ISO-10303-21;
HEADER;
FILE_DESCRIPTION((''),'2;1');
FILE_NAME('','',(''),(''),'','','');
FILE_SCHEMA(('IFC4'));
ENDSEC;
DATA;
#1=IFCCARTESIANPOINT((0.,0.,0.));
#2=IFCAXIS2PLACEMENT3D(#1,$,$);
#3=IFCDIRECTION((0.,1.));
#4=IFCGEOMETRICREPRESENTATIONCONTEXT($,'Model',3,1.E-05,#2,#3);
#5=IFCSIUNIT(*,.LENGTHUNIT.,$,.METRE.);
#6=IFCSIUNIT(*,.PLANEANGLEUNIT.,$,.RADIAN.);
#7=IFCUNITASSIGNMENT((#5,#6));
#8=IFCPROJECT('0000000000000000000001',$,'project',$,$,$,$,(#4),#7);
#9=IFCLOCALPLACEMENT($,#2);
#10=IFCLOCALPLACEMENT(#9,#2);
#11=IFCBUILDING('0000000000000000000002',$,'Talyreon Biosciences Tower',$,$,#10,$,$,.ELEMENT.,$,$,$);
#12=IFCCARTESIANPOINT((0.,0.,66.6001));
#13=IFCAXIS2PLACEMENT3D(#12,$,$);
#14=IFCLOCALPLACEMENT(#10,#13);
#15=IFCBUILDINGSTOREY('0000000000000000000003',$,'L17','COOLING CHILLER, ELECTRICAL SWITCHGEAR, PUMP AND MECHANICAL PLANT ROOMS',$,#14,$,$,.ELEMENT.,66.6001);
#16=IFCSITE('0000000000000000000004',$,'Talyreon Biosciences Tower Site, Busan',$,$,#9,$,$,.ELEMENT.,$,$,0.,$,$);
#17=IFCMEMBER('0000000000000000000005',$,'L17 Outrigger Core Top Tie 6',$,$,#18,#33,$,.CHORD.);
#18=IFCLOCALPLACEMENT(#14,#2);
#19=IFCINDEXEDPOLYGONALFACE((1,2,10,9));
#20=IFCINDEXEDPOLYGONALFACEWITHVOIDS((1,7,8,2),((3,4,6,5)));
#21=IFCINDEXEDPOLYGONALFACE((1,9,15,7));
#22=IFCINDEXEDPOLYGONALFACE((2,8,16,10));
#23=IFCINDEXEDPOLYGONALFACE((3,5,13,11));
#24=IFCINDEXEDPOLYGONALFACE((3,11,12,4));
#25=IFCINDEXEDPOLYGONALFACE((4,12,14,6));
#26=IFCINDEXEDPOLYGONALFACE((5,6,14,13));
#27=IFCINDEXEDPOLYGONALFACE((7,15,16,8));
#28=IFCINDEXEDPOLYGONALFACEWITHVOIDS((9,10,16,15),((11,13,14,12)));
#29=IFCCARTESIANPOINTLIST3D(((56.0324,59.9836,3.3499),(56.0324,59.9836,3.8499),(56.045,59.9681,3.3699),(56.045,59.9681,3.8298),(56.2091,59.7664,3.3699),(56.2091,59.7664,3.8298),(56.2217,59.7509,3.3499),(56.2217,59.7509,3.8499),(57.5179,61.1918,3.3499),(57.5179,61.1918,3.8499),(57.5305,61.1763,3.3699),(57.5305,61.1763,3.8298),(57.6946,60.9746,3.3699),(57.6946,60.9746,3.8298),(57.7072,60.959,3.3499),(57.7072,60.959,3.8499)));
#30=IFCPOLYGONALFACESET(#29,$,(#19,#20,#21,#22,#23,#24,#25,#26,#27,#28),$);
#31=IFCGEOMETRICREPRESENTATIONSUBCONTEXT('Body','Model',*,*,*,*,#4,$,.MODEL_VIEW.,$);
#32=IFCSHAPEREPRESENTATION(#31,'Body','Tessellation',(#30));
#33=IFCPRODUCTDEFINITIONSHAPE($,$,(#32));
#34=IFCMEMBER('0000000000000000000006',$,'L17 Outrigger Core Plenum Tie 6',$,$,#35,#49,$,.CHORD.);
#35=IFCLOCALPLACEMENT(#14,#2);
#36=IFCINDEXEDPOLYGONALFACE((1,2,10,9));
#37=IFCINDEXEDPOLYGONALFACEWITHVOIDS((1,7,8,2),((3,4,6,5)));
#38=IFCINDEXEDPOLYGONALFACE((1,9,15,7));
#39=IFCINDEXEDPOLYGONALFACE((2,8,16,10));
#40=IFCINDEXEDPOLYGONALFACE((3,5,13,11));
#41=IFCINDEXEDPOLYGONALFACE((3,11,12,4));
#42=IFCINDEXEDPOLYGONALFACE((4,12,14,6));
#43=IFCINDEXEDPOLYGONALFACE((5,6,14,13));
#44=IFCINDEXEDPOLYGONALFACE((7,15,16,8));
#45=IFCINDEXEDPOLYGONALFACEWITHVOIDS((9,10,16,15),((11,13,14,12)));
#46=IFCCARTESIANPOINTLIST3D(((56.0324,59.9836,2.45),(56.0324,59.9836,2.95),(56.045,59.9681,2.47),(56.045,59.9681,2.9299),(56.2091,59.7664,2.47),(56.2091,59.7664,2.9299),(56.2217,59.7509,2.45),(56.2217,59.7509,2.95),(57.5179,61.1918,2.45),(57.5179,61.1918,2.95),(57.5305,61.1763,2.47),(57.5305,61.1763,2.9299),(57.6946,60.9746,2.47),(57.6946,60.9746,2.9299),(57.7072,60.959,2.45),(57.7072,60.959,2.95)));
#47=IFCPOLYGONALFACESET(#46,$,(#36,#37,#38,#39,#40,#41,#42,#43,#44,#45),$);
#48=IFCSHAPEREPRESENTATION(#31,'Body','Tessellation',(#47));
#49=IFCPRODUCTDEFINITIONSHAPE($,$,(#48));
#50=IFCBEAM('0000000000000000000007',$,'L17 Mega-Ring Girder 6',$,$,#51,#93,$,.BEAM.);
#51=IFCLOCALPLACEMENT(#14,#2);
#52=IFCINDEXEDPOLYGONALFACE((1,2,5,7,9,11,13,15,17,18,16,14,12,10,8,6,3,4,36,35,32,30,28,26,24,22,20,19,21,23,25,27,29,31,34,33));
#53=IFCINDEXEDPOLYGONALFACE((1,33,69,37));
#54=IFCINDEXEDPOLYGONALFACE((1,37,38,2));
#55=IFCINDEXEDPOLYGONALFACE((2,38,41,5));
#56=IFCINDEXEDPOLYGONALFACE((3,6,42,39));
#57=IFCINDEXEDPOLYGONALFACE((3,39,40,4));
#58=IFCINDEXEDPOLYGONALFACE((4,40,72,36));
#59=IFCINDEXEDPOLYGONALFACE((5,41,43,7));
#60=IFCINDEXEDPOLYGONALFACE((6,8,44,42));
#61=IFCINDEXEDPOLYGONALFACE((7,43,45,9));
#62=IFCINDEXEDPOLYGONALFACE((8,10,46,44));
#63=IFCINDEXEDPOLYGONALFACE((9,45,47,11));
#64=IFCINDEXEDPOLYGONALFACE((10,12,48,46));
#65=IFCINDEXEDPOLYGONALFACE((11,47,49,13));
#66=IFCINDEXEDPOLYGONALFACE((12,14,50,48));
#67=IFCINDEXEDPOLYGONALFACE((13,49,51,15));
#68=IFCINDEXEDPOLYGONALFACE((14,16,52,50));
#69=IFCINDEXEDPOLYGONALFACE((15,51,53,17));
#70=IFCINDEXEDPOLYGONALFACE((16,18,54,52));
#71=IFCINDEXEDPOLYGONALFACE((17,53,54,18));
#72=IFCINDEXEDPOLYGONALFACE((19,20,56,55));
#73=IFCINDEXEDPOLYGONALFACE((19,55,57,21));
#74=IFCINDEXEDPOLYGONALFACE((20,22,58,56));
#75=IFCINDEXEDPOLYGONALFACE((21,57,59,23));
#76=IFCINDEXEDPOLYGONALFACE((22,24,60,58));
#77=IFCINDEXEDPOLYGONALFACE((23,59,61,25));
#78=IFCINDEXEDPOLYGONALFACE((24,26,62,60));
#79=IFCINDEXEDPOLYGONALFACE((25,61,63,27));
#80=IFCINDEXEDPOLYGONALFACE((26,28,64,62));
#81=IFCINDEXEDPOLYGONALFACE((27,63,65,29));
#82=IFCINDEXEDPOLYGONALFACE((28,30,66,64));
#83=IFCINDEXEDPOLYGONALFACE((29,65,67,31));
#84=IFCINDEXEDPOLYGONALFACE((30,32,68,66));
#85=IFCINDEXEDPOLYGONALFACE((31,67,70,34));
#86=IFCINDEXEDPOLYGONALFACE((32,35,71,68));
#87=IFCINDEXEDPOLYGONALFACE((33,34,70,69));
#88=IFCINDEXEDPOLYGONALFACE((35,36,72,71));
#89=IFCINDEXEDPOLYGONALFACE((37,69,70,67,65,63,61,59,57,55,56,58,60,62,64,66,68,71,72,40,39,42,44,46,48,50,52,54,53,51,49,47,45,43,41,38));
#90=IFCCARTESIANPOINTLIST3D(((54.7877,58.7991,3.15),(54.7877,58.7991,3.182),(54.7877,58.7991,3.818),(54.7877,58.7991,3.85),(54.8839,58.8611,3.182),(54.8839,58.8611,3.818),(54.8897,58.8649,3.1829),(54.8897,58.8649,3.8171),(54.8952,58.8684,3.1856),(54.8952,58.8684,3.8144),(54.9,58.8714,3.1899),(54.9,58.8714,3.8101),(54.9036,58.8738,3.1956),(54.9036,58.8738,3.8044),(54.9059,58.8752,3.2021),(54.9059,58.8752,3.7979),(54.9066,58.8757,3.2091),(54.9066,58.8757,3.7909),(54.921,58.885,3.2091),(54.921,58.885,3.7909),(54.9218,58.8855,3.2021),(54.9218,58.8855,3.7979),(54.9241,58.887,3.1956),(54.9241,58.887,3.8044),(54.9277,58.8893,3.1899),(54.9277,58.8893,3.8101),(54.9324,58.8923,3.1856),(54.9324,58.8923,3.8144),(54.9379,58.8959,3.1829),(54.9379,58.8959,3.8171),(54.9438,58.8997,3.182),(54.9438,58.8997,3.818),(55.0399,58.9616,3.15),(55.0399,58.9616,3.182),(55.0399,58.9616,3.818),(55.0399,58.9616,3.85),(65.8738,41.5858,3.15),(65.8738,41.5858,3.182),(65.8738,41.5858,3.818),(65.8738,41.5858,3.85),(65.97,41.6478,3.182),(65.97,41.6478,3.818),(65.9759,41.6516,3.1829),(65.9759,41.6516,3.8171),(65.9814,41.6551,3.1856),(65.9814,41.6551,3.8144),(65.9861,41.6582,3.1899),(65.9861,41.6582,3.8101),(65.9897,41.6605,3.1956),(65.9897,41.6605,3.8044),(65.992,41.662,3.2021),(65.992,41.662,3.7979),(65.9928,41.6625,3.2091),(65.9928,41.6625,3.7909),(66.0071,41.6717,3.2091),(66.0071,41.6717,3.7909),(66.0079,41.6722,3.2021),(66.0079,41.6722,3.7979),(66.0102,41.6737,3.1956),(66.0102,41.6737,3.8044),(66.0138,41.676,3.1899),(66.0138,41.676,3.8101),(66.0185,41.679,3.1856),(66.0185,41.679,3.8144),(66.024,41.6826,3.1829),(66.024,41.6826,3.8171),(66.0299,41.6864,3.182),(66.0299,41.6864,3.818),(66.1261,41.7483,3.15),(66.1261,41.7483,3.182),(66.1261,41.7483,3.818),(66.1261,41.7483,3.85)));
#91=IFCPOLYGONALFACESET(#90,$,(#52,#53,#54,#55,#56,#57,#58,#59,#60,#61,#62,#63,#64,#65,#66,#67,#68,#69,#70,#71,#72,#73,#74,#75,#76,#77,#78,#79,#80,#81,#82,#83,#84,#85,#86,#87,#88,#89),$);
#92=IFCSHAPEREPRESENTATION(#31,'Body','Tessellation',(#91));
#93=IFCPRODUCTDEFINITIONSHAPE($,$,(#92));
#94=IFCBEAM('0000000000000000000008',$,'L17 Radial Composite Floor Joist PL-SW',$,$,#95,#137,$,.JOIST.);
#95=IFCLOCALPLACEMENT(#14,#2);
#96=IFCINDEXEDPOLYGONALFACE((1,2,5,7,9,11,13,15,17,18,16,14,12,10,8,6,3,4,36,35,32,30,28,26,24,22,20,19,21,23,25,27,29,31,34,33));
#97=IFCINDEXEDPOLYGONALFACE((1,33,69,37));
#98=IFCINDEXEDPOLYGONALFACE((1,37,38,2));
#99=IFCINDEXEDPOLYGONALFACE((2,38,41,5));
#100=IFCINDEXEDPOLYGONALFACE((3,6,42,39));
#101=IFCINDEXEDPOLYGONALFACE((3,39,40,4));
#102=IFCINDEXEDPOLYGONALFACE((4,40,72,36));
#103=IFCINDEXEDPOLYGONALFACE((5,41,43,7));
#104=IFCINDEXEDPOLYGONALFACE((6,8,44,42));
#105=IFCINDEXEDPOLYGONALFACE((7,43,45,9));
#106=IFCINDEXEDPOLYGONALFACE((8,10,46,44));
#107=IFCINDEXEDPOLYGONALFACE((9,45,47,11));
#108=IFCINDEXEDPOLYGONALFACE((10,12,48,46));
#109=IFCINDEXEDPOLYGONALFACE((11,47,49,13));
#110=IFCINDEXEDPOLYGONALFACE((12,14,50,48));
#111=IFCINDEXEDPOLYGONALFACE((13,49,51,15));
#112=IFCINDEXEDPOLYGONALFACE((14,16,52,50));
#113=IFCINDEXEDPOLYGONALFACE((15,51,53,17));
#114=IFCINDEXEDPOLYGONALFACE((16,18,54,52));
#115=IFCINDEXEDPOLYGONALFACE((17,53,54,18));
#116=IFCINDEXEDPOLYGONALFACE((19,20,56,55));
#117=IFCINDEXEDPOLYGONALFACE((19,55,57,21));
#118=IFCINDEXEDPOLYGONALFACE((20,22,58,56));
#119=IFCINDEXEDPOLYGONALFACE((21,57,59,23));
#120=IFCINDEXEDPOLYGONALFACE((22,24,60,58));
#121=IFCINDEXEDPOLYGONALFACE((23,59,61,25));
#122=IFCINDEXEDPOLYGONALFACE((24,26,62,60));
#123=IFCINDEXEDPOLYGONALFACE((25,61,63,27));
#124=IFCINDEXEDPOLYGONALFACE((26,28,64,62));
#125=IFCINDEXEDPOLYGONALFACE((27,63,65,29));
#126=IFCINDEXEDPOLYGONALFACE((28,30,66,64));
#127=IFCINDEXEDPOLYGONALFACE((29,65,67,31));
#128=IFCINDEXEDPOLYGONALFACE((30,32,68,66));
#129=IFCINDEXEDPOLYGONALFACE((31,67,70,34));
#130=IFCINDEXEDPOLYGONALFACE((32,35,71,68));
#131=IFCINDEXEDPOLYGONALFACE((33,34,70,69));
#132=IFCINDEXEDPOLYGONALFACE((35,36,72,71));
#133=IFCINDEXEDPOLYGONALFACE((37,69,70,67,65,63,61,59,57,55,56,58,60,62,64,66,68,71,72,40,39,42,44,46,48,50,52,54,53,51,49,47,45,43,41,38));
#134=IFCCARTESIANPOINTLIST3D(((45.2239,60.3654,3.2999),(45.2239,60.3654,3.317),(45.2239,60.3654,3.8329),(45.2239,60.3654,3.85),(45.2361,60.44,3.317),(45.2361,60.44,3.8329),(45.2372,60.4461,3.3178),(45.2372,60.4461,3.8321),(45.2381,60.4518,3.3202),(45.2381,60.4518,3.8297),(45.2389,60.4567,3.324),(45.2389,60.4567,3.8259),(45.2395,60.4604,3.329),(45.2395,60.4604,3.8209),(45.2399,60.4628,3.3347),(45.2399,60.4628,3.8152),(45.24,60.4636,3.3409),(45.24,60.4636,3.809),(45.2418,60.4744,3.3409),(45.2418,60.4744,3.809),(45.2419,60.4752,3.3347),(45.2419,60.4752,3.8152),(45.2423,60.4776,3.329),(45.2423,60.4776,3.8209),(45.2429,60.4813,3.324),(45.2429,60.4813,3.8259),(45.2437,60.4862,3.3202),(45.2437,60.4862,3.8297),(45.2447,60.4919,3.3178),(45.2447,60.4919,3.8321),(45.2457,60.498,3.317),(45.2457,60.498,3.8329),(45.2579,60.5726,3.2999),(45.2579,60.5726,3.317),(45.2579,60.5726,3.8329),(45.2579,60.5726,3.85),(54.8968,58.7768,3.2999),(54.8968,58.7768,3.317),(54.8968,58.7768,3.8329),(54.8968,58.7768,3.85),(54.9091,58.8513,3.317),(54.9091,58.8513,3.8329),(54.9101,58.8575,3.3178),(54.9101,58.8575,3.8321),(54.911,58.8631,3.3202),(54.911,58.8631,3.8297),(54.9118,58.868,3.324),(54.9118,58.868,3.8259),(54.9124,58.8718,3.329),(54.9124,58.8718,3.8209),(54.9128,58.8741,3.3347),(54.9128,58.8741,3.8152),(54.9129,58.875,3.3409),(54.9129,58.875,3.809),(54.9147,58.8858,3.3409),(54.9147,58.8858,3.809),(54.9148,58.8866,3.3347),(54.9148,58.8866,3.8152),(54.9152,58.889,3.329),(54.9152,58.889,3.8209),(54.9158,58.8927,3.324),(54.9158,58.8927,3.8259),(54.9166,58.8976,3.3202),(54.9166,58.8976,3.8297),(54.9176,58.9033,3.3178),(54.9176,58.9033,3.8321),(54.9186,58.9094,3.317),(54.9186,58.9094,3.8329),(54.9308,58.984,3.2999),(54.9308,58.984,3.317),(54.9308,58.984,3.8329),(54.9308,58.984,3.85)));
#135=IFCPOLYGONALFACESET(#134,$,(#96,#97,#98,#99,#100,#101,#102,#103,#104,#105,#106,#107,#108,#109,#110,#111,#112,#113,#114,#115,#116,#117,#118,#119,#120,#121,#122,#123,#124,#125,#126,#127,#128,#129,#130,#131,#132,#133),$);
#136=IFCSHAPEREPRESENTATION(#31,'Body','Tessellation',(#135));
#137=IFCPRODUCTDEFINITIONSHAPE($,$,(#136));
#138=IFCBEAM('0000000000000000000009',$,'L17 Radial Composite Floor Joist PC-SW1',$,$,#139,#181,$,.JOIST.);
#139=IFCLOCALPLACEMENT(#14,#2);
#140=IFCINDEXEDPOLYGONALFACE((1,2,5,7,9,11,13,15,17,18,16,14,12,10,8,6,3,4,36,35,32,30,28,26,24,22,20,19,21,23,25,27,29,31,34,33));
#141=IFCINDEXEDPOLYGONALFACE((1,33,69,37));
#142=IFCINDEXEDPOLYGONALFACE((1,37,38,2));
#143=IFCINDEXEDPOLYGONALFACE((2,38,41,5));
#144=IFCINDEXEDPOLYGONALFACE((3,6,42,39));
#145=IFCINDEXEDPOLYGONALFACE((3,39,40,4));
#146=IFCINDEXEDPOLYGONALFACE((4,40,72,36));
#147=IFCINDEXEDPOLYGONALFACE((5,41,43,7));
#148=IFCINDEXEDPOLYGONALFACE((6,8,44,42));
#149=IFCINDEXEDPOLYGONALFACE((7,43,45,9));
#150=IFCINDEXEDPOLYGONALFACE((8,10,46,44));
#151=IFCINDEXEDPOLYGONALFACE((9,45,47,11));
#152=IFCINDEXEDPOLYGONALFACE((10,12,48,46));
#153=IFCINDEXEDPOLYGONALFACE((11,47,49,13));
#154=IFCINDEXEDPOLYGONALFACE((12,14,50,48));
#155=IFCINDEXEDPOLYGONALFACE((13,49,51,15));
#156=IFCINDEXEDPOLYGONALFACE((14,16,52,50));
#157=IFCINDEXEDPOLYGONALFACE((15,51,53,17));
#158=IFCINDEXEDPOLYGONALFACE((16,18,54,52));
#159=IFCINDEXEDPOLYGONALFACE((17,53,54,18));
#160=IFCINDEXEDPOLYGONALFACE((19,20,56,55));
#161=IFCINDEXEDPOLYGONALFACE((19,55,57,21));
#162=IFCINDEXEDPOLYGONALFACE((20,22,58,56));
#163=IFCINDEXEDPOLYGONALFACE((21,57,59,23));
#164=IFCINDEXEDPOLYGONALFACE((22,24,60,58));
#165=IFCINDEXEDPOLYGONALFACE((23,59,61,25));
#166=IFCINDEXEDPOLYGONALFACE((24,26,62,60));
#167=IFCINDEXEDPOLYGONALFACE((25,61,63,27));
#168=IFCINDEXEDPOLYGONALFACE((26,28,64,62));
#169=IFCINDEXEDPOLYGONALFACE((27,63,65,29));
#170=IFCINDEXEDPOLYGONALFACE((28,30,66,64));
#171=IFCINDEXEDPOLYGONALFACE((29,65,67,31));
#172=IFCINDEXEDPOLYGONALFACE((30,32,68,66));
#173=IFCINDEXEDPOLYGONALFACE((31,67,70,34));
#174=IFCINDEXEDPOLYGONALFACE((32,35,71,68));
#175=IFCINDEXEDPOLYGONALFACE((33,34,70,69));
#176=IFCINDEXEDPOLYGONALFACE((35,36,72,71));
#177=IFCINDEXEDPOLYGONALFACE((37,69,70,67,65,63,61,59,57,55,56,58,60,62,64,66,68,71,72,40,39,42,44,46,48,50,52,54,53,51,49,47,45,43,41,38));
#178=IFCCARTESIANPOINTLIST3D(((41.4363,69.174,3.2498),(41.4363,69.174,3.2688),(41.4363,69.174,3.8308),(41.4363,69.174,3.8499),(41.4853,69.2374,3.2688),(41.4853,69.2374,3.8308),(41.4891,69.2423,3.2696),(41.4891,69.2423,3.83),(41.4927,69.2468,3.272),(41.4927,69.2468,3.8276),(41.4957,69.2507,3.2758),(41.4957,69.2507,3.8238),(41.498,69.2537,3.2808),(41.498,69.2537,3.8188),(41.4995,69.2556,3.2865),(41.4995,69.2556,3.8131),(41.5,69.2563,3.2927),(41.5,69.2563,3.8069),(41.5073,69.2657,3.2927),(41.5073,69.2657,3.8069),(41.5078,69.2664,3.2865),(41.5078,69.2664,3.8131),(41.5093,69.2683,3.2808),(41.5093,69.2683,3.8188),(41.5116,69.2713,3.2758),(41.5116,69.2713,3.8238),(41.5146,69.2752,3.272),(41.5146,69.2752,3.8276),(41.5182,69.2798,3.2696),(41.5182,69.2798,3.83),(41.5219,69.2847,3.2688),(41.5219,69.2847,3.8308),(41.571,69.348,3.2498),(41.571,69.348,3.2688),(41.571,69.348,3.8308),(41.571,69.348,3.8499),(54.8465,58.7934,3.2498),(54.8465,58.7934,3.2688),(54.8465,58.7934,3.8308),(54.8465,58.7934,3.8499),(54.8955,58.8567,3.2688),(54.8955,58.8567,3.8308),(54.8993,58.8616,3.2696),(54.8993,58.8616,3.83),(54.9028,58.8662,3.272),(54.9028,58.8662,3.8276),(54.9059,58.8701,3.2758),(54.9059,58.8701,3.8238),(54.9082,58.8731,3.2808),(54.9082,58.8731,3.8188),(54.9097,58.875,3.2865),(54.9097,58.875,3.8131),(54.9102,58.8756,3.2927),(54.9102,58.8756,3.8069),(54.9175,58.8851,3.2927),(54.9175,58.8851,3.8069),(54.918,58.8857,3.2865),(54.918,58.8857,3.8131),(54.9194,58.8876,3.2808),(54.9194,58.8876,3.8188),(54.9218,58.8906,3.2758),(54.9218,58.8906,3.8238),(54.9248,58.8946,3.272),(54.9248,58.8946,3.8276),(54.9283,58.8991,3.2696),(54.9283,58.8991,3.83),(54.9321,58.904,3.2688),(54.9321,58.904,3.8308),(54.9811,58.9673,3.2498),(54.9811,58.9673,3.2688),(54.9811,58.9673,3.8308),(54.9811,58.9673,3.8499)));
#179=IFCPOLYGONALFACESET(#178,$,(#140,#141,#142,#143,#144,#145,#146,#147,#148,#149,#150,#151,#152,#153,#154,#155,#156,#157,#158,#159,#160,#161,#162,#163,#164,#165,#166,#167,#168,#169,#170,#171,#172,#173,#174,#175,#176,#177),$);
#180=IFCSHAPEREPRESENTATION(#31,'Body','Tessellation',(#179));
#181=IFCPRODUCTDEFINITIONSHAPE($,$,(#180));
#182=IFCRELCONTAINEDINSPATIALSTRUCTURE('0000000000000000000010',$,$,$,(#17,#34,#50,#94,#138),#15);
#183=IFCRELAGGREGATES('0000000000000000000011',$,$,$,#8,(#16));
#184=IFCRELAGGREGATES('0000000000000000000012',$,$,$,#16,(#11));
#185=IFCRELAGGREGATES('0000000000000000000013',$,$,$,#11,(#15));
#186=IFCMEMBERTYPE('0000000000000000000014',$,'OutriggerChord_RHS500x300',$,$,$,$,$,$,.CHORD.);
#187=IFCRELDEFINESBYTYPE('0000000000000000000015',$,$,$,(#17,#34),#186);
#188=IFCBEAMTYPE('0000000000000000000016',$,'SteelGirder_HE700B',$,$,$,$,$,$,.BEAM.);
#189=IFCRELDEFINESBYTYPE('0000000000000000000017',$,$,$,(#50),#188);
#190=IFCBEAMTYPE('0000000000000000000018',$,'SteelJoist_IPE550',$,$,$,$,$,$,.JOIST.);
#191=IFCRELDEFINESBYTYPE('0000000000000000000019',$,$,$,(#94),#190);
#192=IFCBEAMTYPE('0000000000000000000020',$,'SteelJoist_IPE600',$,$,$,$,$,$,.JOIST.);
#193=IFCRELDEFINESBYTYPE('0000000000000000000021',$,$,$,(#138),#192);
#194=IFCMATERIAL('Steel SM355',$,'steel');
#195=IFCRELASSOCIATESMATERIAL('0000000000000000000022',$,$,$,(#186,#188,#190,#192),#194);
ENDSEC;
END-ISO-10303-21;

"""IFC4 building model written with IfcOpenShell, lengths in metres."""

from ifc_helpers import new_model, si_unit, direction, frame, origin, origin_2d, place, context, subcontext, project, spatial, hollow_rectangle, i_section, extrude, material, material_profile, profile_set, type_object, element, save


model = new_model("IFC4")

# Units and contexts
model_context = context("Model", 3, precision=1e-05, world=origin(), true_north=direction((0.0, 1.0)))
body_context = subcontext(model_context, "Body", "Model", "MODEL_VIEW")
ifc_project = project(units=[si_unit("LENGTHUNIT", "METRE"), si_unit("PLANEANGLEUNIT", "RADIAN")], contexts=[model_context])

# Site, building, storey
site_placement = place(None, origin())
site = spatial("IfcSite", under=ifc_project, at=site_placement, Name="Talyreon Biosciences Tower Site, Busan", CompositionType="ELEMENT", RefElevation=0.0)
building_placement = place(site_placement, origin())
building = spatial("IfcBuilding", under=site, at=building_placement, Name="Talyreon Biosciences Tower", CompositionType="ELEMENT")
storey_placement = place(building_placement, frame((0.0, 0.0, 66.6001)))
storey = spatial("IfcBuildingStorey", under=building, at=storey_placement, Name="L17", Description="COOLING CHILLER, ELECTRICAL SWITCHGEAR, PUMP AND MECHANICAL PLANT ROOMS", CompositionType="ELEMENT", Elevation=66.6001)

# Shared definitions
ifc_material_1 = material(Name="Steel SM355", Category="steel")

# Members
ifc_material_profile_1 = material_profile(ifc_material_1, hollow_rectangle(XDim=0.3, YDim=0.5, WallThickness=0.02, at=origin_2d()), Name="RHS 500x300x20")
ifc_profile_set_1 = profile_set([ifc_material_profile_1], Name="Steel SM355")
member_type_1 = type_object("IfcMemberType", Name="OutriggerChord_RHS500x300", PredefinedType="CHORD", material=ifc_profile_set_1)
for number, where, z_axis, x_axis, name in (
    (1, (57.6125, 61.0754, 3.5999), (-0.775806, -0.630972, 0.0), (0.630972, -0.775806, 0.0), "L17 Outrigger Core Top Tie 6"),
    (2, (57.6125, 61.0754, 2.7), (-0.775806, -0.630972, 0.0), (0.630972, -0.775806, 0.0), "L17 Outrigger Core Plenum Tie 6"),
):
    element("IfcMember", number, at=place(storey_placement, frame(where, z_axis=z_axis, x_axis=x_axis)), inside=storey, type_object=member_type_1, Name=name, PredefinedType="CHORD", context=body_context, shape_type="SweptSolid", body=[
        extrude(hollow_rectangle(XDim=0.3, YDim=0.5, WallThickness=0.02, at=origin_2d()), origin(), (0.0, 0.0, 1.0), 1.9148),
    ])

# Beams
ifc_material_profile_2 = material_profile(ifc_material_1, i_section(OverallWidth=0.3, OverallDepth=0.7, WebThickness=0.0171, FlangeThickness=0.032, FilletRadius=0.0271, at=origin_2d()), Name="HE700B")
ifc_profile_set_2 = profile_set([ifc_material_profile_2], Name="Steel SM355")
beam_type_1 = type_object("IfcBeamType", Name="SteelGirder_HE700B", PredefinedType="BEAM", material=ifc_profile_set_2)
beam_1_placement = place(storey_placement, frame((54.9138, 58.8804, 3.5), z_axis=(0.541464, -0.840724, 0.0), x_axis=(0.840724, 0.541464, 0.0)))
element("IfcBeam", 3, at=beam_1_placement, inside=storey, type_object=beam_type_1, Name="L17 Mega-Ring Girder 6", PredefinedType="BEAM", context=body_context, shape_type="SweptSolid", body=[
    extrude(i_section(OverallWidth=0.3, OverallDepth=0.7, WebThickness=0.0171, FlangeThickness=0.032, FilletRadius=0.0271, at=origin_2d()), origin(), (0.0, 0.0, 1.0), 20.4744),
])
ifc_material_profile_3 = material_profile(ifc_material_1, i_section(OverallWidth=0.21, OverallDepth=0.55, WebThickness=0.011, FlangeThickness=0.0171, FilletRadius=0.0239, at=origin_2d()), Name="IPE550")
ifc_profile_set_3 = profile_set([ifc_material_profile_3], Name="Steel SM355")
beam_type_2 = type_object("IfcBeamType", Name="SteelJoist_IPE550", PredefinedType="JOIST", material=ifc_profile_set_3)
beam_2_placement = place(storey_placement, frame((54.9138, 58.8804, 3.575), z_axis=(-0.98678, 0.162064, 0.0), x_axis=(-0.162064, -0.98678, 0.0)))
element("IfcBeam", 4, at=beam_2_placement, inside=storey, type_object=beam_type_2, Name="L17 Radial Composite Floor Joist PL-SW", PredefinedType="JOIST", context=body_context, shape_type="SweptSolid", body=[
    extrude(i_section(OverallWidth=0.21, OverallDepth=0.55, WebThickness=0.011, FlangeThickness=0.0171, FilletRadius=0.0239, at=origin_2d()), origin(), (0.0, 0.0, 1.0), 9.8025),
])
ifc_material_profile_4 = material_profile(ifc_material_1, i_section(OverallWidth=0.22, OverallDepth=0.6001, WebThickness=0.012, FlangeThickness=0.019, FilletRadius=0.0239, at=origin_2d()), Name="IPE600")
ifc_profile_set_4 = profile_set([ifc_material_profile_4], Name="Steel SM355")
beam_type_3 = type_object("IfcBeamType", Name="SteelJoist_IPE600", PredefinedType="JOIST", material=ifc_profile_set_4)
beam_3_placement = place(storey_placement, frame((54.9138, 58.8804, 3.5498), z_axis=(-0.790765, 0.61212, 0.0), x_axis=(-0.61212, -0.790765, 0.0)))
element("IfcBeam", 5, at=beam_3_placement, inside=storey, type_object=beam_type_3, Name="L17 Radial Composite Floor Joist PC-SW1", PredefinedType="JOIST", context=body_context, shape_type="SweptSolid", body=[
    extrude(i_section(OverallWidth=0.22, OverallDepth=0.6001, WebThickness=0.012, FlangeThickness=0.019, FilletRadius=0.0239, at=origin_2d()), origin(), (0.0, 0.0, 1.0), 16.9585),
])

save(model, "model.ifc")
